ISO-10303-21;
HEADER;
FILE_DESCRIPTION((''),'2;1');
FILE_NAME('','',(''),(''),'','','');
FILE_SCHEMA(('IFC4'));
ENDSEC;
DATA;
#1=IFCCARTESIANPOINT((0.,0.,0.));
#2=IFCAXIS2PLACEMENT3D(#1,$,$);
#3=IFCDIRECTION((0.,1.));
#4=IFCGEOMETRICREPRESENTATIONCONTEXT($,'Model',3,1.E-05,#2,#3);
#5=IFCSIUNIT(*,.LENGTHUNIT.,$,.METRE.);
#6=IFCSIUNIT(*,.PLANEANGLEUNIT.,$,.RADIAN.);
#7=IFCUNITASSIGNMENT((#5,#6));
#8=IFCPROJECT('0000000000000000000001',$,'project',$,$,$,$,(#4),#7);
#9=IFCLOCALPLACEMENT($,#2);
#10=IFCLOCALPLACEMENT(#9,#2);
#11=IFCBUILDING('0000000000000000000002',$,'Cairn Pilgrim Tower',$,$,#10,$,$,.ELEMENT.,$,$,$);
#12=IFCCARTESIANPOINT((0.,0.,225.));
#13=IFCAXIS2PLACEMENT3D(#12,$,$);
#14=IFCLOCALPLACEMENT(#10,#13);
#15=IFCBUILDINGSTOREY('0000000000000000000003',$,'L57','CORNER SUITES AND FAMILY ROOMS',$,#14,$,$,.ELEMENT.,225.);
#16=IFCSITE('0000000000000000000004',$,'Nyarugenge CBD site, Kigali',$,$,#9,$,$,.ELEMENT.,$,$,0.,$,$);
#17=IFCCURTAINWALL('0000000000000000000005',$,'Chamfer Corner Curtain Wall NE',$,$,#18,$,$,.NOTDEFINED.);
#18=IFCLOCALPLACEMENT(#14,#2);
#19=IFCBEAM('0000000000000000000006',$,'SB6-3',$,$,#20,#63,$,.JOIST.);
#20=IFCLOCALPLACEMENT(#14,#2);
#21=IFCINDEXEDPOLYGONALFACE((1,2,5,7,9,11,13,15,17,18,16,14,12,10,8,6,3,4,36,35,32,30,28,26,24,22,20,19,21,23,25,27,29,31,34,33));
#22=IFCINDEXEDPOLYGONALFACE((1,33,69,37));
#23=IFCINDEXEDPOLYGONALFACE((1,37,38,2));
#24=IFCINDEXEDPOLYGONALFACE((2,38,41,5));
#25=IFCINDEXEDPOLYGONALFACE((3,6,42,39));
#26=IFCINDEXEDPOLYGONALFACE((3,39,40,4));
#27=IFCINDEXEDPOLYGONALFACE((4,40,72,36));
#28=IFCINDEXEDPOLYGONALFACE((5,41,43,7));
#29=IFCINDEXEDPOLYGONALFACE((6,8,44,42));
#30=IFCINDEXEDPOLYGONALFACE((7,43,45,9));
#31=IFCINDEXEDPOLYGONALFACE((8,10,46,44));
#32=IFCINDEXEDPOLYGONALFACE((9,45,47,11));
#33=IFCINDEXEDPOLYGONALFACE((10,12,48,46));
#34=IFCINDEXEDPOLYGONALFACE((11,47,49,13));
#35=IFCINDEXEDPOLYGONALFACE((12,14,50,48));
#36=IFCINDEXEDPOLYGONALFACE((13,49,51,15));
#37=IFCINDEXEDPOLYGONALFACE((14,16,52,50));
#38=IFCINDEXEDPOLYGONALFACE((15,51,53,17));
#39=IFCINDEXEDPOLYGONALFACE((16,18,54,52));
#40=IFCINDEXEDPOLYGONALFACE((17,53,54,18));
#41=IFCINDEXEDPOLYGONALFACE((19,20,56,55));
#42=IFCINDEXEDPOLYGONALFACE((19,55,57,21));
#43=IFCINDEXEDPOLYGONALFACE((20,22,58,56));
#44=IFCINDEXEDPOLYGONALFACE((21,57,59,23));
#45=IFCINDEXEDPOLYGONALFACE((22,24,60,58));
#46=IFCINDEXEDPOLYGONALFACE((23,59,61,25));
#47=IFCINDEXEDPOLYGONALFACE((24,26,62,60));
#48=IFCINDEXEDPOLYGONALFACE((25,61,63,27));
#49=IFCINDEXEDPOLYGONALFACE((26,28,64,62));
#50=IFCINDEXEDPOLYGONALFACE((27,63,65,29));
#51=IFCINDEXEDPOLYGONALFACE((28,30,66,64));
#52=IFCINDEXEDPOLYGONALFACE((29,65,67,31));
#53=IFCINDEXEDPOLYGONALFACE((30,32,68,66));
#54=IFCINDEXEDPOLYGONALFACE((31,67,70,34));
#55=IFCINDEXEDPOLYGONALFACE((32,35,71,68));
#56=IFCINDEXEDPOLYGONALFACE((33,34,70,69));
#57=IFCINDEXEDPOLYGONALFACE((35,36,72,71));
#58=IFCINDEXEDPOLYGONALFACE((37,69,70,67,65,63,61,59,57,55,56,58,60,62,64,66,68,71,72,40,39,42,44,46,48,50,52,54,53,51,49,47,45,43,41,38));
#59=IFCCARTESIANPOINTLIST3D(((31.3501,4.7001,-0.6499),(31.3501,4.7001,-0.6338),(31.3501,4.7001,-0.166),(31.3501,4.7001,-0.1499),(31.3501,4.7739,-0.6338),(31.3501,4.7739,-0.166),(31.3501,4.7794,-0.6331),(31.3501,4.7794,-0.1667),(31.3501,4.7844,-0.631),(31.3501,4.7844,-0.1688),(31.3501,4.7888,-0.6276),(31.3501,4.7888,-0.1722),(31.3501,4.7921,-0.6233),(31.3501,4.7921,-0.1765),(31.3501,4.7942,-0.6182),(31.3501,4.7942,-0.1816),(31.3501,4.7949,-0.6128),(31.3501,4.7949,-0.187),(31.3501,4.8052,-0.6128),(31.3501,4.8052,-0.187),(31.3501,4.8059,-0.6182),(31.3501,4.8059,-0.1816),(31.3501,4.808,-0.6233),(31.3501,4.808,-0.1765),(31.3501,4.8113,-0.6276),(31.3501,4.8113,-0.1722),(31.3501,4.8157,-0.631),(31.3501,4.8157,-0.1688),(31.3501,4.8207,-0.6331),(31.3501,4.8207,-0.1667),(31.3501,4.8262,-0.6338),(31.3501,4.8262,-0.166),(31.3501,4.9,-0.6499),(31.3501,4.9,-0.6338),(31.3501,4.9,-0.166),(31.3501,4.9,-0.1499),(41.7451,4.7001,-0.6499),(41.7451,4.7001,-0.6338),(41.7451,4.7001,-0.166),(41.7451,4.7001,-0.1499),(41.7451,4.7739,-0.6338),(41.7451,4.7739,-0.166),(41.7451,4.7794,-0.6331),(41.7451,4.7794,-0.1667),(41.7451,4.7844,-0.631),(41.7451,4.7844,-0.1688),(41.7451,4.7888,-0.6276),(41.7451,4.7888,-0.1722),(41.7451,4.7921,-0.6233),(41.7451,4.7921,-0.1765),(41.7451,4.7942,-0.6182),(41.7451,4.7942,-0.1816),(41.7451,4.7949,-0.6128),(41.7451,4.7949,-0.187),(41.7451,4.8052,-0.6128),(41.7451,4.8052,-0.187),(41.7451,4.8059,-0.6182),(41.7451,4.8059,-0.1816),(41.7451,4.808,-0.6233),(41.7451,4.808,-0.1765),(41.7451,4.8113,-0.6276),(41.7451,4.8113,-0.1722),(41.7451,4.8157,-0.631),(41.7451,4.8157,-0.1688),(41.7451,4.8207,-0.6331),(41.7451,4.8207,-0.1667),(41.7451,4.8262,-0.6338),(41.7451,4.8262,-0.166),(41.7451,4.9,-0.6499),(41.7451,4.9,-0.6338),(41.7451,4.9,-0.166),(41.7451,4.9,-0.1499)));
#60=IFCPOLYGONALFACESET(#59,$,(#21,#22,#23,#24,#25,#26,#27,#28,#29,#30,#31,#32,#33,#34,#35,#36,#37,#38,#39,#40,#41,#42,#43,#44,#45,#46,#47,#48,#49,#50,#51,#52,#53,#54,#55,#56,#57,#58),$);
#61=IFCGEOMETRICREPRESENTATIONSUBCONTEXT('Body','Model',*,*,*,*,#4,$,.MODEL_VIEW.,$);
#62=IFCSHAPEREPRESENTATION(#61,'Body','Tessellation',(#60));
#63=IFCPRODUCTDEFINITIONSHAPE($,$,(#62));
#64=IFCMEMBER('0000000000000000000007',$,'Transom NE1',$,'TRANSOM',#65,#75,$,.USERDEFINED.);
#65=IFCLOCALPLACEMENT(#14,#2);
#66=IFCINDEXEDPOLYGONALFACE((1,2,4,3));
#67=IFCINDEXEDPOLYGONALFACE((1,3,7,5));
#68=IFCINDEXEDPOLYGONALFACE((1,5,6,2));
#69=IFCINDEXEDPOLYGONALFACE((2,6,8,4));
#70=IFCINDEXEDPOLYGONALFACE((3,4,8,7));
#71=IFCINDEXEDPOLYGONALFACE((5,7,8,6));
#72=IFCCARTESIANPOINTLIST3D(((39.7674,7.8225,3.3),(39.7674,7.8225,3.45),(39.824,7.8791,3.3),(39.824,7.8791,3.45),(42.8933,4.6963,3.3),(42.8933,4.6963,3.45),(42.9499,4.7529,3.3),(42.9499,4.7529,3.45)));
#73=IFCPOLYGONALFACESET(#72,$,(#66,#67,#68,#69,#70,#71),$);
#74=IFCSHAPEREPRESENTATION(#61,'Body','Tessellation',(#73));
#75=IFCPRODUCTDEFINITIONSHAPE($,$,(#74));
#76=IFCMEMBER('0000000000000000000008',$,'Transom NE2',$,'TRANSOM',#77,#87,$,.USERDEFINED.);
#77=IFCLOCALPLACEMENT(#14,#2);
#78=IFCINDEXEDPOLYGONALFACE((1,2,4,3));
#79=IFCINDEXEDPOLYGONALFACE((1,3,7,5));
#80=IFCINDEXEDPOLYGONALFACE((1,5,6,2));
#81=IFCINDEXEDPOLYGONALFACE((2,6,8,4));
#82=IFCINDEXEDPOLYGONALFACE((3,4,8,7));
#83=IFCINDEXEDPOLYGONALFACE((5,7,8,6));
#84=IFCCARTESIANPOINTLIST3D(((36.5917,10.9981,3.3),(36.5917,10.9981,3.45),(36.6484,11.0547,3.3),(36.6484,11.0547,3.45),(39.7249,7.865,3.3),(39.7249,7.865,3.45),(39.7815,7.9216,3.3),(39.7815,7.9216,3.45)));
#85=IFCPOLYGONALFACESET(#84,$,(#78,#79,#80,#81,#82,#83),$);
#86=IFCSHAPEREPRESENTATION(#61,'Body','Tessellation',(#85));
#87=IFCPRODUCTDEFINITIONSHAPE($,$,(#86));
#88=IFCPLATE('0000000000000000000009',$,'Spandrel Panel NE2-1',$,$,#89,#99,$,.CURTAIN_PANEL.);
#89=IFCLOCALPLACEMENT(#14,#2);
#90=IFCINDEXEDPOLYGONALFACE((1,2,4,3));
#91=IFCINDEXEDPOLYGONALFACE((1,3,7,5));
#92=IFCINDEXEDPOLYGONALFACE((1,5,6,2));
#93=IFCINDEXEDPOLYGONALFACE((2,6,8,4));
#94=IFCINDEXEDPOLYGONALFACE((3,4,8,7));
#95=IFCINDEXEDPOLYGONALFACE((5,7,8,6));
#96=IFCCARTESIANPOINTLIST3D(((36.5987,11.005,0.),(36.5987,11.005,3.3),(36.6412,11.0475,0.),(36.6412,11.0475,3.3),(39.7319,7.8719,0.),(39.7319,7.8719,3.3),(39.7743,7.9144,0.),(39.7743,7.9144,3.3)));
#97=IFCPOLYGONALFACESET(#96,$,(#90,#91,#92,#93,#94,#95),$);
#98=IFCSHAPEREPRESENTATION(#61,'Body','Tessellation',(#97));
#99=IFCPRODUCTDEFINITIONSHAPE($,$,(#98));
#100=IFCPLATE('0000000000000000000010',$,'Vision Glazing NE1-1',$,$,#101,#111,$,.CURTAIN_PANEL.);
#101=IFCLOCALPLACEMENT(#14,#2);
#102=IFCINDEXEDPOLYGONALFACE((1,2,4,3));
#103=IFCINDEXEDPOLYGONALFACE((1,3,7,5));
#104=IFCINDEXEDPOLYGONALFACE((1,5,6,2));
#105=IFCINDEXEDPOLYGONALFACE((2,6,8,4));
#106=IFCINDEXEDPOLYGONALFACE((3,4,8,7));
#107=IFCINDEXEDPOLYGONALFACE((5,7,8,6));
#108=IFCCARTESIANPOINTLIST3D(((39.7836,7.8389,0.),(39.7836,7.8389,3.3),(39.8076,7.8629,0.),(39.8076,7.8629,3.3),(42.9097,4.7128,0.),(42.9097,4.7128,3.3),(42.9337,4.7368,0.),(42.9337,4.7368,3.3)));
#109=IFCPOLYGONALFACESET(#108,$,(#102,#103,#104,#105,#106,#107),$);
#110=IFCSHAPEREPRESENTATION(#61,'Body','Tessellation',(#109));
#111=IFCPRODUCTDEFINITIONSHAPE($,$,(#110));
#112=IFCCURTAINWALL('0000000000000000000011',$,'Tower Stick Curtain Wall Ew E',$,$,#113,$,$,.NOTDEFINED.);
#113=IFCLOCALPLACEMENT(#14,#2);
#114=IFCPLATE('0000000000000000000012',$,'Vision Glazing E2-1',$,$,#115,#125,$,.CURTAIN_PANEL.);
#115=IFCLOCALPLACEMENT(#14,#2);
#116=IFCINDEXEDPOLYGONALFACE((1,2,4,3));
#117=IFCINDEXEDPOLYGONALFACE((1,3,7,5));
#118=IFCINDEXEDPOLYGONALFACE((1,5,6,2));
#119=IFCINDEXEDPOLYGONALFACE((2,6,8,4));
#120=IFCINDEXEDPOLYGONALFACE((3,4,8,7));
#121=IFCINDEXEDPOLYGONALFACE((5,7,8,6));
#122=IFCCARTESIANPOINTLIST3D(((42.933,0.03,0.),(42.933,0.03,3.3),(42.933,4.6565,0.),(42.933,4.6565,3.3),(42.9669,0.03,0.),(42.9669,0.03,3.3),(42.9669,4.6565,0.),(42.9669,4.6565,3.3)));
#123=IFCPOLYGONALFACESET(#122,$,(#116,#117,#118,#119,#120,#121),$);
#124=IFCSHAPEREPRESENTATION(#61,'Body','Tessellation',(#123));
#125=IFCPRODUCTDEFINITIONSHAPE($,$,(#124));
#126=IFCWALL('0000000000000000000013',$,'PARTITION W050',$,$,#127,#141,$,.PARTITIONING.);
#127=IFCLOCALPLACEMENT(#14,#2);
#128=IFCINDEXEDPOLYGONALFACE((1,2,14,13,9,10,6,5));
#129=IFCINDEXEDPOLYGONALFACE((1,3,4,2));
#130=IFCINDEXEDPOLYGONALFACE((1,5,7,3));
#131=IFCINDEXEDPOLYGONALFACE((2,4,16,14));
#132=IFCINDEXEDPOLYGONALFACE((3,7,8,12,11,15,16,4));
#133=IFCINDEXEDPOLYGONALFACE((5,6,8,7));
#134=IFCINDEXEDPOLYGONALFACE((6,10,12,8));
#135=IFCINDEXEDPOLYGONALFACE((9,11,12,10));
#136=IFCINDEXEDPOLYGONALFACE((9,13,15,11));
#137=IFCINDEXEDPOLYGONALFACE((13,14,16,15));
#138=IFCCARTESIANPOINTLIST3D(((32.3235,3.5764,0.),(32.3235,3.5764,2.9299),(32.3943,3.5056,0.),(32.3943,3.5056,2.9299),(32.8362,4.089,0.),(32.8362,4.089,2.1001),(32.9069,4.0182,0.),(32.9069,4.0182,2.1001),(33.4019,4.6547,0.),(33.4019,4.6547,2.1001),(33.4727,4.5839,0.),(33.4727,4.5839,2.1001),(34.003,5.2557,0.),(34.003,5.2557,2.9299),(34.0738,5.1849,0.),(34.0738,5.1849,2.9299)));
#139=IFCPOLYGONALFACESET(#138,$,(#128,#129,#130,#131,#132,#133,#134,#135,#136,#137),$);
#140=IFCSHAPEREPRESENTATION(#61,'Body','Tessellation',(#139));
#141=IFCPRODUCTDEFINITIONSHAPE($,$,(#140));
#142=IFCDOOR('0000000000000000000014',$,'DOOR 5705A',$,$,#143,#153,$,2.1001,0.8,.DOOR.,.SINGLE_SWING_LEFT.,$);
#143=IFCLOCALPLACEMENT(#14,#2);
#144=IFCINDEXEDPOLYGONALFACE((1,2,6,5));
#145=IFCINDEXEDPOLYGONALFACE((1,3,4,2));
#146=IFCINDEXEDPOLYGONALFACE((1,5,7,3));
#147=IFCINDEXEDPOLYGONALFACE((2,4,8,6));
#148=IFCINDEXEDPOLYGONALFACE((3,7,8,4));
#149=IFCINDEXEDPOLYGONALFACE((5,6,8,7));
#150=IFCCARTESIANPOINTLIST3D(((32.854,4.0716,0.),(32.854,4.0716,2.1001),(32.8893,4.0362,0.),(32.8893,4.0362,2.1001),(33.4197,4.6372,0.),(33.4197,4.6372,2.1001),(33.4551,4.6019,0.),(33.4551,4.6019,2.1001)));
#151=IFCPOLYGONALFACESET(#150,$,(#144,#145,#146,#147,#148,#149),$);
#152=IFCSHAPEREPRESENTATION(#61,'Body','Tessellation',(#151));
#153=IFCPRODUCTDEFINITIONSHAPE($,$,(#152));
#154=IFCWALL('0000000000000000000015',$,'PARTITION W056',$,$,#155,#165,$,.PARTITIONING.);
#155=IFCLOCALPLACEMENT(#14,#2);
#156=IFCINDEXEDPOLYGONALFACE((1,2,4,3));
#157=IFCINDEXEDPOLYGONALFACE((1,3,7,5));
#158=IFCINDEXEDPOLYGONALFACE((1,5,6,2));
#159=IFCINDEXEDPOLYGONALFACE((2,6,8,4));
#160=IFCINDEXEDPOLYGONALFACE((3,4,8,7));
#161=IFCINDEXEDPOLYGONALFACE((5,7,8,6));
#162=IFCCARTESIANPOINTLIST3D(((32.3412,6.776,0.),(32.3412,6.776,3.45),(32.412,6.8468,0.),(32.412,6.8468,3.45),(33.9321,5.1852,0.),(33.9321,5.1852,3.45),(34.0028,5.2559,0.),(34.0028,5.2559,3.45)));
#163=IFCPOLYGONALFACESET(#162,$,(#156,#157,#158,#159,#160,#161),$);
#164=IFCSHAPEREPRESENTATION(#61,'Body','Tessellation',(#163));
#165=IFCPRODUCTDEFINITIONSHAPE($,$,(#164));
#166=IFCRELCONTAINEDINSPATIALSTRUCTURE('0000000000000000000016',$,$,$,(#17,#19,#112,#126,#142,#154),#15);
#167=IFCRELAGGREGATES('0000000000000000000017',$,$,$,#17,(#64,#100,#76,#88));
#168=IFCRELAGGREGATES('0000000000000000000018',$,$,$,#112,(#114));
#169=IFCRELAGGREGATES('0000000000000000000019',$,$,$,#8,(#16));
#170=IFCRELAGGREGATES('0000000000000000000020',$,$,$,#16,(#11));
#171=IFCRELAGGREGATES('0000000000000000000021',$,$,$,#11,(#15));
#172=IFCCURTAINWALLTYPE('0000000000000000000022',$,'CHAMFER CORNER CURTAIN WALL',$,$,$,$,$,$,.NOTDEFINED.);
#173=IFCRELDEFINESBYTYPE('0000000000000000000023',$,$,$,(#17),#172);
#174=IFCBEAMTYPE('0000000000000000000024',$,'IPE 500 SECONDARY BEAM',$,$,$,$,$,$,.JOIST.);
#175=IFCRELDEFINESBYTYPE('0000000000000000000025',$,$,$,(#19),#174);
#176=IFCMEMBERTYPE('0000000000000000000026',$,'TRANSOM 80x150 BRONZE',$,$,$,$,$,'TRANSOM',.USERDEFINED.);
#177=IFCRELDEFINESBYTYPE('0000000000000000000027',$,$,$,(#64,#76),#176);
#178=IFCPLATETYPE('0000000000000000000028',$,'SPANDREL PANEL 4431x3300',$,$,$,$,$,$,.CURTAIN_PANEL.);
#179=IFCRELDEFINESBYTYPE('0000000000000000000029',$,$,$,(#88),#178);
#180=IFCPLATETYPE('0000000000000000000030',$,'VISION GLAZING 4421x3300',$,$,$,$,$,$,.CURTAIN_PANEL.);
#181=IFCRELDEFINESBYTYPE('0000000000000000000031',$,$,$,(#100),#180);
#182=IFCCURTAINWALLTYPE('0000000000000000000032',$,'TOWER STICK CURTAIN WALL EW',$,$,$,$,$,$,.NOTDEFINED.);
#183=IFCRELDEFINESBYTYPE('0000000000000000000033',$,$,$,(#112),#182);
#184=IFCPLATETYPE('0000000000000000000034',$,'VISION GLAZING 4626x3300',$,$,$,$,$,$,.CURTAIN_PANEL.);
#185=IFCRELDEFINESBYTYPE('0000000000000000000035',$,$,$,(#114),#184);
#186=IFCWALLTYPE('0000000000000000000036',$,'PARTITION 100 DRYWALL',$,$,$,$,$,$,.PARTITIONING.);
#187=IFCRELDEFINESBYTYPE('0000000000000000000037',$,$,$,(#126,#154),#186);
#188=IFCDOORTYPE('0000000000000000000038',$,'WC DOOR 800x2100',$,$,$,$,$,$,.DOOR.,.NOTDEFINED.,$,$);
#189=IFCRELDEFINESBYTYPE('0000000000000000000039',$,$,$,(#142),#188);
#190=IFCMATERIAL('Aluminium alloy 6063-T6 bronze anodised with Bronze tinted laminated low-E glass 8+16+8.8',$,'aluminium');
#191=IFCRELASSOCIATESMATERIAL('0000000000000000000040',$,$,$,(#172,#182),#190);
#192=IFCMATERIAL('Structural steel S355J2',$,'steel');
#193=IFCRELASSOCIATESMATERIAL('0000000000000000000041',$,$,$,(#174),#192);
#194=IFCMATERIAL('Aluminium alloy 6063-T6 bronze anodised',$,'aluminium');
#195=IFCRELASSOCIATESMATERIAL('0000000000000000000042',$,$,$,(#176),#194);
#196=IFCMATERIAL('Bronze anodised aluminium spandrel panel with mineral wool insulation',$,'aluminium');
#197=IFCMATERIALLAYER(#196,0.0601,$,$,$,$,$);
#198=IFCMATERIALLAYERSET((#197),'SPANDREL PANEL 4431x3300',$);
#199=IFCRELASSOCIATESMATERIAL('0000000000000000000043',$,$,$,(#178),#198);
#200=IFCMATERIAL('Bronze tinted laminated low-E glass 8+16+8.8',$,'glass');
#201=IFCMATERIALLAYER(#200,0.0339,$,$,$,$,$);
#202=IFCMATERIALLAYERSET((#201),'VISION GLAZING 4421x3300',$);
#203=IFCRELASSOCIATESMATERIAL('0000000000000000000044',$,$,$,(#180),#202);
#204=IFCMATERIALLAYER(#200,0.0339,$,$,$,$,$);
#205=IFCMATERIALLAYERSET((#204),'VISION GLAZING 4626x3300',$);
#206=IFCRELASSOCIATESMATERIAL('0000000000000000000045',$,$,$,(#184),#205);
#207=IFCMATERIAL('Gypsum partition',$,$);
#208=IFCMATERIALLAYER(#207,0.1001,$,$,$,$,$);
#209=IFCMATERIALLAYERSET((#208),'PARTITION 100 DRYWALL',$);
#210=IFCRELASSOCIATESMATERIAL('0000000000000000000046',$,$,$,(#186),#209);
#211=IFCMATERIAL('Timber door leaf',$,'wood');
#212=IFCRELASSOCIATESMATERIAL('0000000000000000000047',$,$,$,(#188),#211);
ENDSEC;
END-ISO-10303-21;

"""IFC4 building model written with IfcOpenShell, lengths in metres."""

from ifc_helpers import new_model, si_unit, direction, frame, frame_2d, origin, origin_2d, place, context, subcontext, project, spatial, rectangle, i_section, extrude, material, layer, layer_set, material_profile, profile_set, type_object, element, fill, aggregate, save


model = new_model("IFC4")

# Units and contexts
model_context = context("Model", 3, precision=1e-05, world=origin(), true_north=direction((0.0, 1.0)))
body_context = subcontext(model_context, "Body", "Model", "MODEL_VIEW")
ifc_project = project(units=[si_unit("LENGTHUNIT", "METRE"), si_unit("PLANEANGLEUNIT", "RADIAN")], contexts=[model_context])

# Site, building, storey
site_placement = place(None, origin())
site = spatial("IfcSite", under=ifc_project, at=site_placement, Name="Nyarugenge CBD site, Kigali", CompositionType="ELEMENT", RefElevation=0.0)
building_placement = place(site_placement, origin())
building = spatial("IfcBuilding", under=site, at=building_placement, Name="Cairn Pilgrim Tower", CompositionType="ELEMENT")
storey_placement = place(building_placement, frame((0.0, 0.0, 225.0)))
storey = spatial("IfcBuildingStorey", under=building, at=storey_placement, Name="L57", Description="CORNER SUITES AND FAMILY ROOMS", CompositionType="ELEMENT", Elevation=225.0)

# Shared definitions
ifc_material_1 = material(Name="Structural steel S355J2", Category="steel")

# Curtain wall
ifc_material_2 = material(Name="Aluminium alloy 6063-T6 bronze anodised with Bronze tinted laminated low-E glass 8+16+8.8", Category="aluminium")
curtain_wall_type_1 = type_object("IfcCurtainWallType", Name="CHAMFER CORNER CURTAIN WALL", PredefinedType="NOTDEFINED", material=ifc_material_2)
curtain_wall_1_placement = place(storey_placement, origin())
curtain_wall_1 = element("IfcCurtainWall", 1, at=curtain_wall_1_placement, inside=storey, type_object=curtain_wall_type_1, Name="Chamfer Corner Curtain Wall NE", PredefinedType="NOTDEFINED")
ifc_material_3 = material(Name="Aluminium alloy 6063-T6 bronze anodised", Category="aluminium")

# Beam
ifc_material_profile_1 = material_profile(ifc_material_1, i_section(OverallWidth=0.2, OverallDepth=0.5, WebThickness=0.0103, FlangeThickness=0.0161, FilletRadius=0.021, at=origin_2d()), Name="IPE 500")
ifc_profile_set_1 = profile_set([ifc_material_profile_1], Name="Structural steel S355J2")
beam_type_1 = type_object("IfcBeamType", Name="IPE 500 SECONDARY BEAM", PredefinedType="JOIST", material=ifc_profile_set_1)
beam_1_placement = place(storey_placement, frame((31.3501, 4.8, -0.3999), z_axis=(1.0, 0.0, 0.0), x_axis=(0.0, 1.0, 0.0)))
element("IfcBeam", 2, at=beam_1_placement, inside=storey, type_object=beam_type_1, Name="SB6-3", PredefinedType="JOIST", context=body_context, shape_type="SweptSolid", body=[
    extrude(i_section(OverallWidth=0.2, OverallDepth=0.5, WebThickness=0.0103, FlangeThickness=0.0161, FilletRadius=0.021, at=origin_2d()), origin(), (0.0, 0.0, 1.0), 10.395),
])

# Members
ifc_material_profile_2 = material_profile(ifc_material_3, rectangle(XDim=0.0801, YDim=0.1499, at=origin_2d()), Name="TRANSOM 80x150 BRONZE")
ifc_profile_set_2 = profile_set([ifc_material_profile_2], Name="Aluminium alloy 6063-T6 bronze anodised")
member_type_1 = type_object("IfcMemberType", Name="TRANSOM 80x150 BRONZE", ElementType="TRANSOM", PredefinedType="USERDEFINED", material=ifc_profile_set_2)
member_1_placement = place(storey_placement, frame((42.9216, 4.7246, 3.375), z_axis=(-0.707079, 0.707134, 0.0), x_axis=(-0.707134, -0.707079, 0.0)))
member_1 = element("IfcMember", 3, at=member_1_placement, type_object=member_type_1, Name="Transom NE1", ObjectType="TRANSOM", PredefinedType="USERDEFINED", context=body_context, shape_type="SweptSolid", body=[
    extrude(rectangle(XDim=0.0801, YDim=0.1499, at=origin_2d()), origin(), (0.0, 0.0, 1.0), 4.4209),
])
member_2_placement = place(storey_placement, frame((39.7532, 7.8933, 3.375), z_axis=(-0.707107, 0.707107, 0.0), x_axis=(-0.707107, -0.707107, 0.0)))
member_2 = element("IfcMember", 4, at=member_2_placement, type_object=member_type_1, Name="Transom NE2", ObjectType="TRANSOM", PredefinedType="USERDEFINED", context=body_context, shape_type="SweptSolid", body=[
    extrude(rectangle(XDim=0.0801, YDim=0.1499, at=origin_2d()), origin(), (0.0, 0.0, 1.0), 4.4309),
])

# Plates
ifc_material_4 = material(Name="Bronze anodised aluminium spandrel panel with mineral wool insulation", Category="aluminium")
ifc_layer_1 = layer(ifc_material_4, 0.0601)
ifc_layer_set_1 = layer_set([ifc_layer_1], Name="SPANDREL PANEL 4431x3300")
plate_type_1 = type_object("IfcPlateType", Name="SPANDREL PANEL 4431x3300", PredefinedType="CURTAIN_PANEL", material=ifc_layer_set_1)
plate_1_placement = place(storey_placement, frame((38.1865, 9.4597, 0.0), z_axis=(0.0, 0.0, 1.0), x_axis=(-0.707107, 0.707107, 0.0)))
plate_1 = element("IfcPlate", 5, at=plate_1_placement, type_object=plate_type_1, Name="Spandrel Panel NE2-1", PredefinedType="CURTAIN_PANEL", context=body_context, shape_type="SweptSolid", body=[
    extrude(rectangle(XDim=4.4309, YDim=0.0601, at=origin_2d()), origin(), (0.0, 0.0, 1.0), 3.3),
])
ifc_material_5 = material(Name="Bronze tinted laminated low-E glass 8+16+8.8", Category="glass")
ifc_layer_2 = layer(ifc_material_5, 0.0339)
ifc_layer_set_2 = layer_set([ifc_layer_2], Name="VISION GLAZING 4421x3300")
plate_type_2 = type_object("IfcPlateType", Name="VISION GLAZING 4421x3300", PredefinedType="CURTAIN_PANEL", material=ifc_layer_set_2)
plate_2_placement = place(storey_placement, frame((41.3586, 6.2878, 0.0), z_axis=(0.0, 0.0, 1.0), x_axis=(-0.707107, 0.707107, 0.0)))
plate_2 = element("IfcPlate", 6, at=plate_2_placement, type_object=plate_type_2, Name="Vision Glazing NE1-1", PredefinedType="CURTAIN_PANEL", context=body_context, shape_type="SweptSolid", body=[
    extrude(rectangle(XDim=4.4209, YDim=0.0339, at=origin_2d()), origin(), (0.0, 0.0, 1.0), 3.3),
])
aggregate(curtain_wall_1, [member_1, plate_2, member_2, plate_1])

# Curtain wall, plate
curtain_wall_type_2 = type_object("IfcCurtainWallType", Name="TOWER STICK CURTAIN WALL EW", PredefinedType="NOTDEFINED", material=ifc_material_2)
curtain_wall_2_placement = place(storey_placement, origin())
curtain_wall_2 = element("IfcCurtainWall", 7, at=curtain_wall_2_placement, inside=storey, type_object=curtain_wall_type_2, Name="Tower Stick Curtain Wall Ew E", PredefinedType="NOTDEFINED")
ifc_layer_3 = layer(ifc_material_5, 0.0339)
ifc_layer_set_3 = layer_set([ifc_layer_3], Name="VISION GLAZING 4626x3300")
plate_type_3 = type_object("IfcPlateType", Name="VISION GLAZING 4626x3300", PredefinedType="CURTAIN_PANEL", material=ifc_layer_set_3)
plate_3_placement = place(storey_placement, frame((42.95, 2.3433, 0.0), z_axis=(0.0, 0.0, 1.0), x_axis=(0.0, 1.0, 0.0)))
plate_3 = element("IfcPlate", 8, at=plate_3_placement, type_object=plate_type_3, Name="Vision Glazing E2-1", PredefinedType="CURTAIN_PANEL", context=body_context, shape_type="SweptSolid", body=[
    extrude(rectangle(XDim=4.6265, YDim=0.0339, at=origin_2d()), origin(), (0.0, 0.0, 1.0), 3.3),
])
aggregate(curtain_wall_2, [plate_3])

# Wall, opening, door
ifc_material_6 = material(Name="Gypsum partition")
ifc_layer_4 = layer(ifc_material_6, 0.1001)
ifc_layer_set_4 = layer_set([ifc_layer_4], Name="PARTITION 100 DRYWALL")
wall_type_1 = type_object("IfcWallType", Name="PARTITION 100 DRYWALL", PredefinedType="PARTITIONING", material=ifc_layer_set_4)
wall_1_placement = place(storey_placement, frame((32.3589, 3.541, 0.0), z_axis=(0.0, 0.0, 1.0), x_axis=(0.707158, 0.707055, 0.0)))
wall_1 = element("IfcWall", 9, at=wall_1_placement, inside=storey, type_object=wall_type_1, Name="PARTITION W050", PredefinedType="PARTITIONING", context=body_context, shape_type="SweptSolid", body=[
    extrude(rectangle(XDim=2.375, YDim=0.1001, at=frame_2d((1.1875, 0.0))), origin(), (0.0, 0.0, 1.0), 2.9299),
])
opening_1_placement = place(wall_1_placement, frame((0.7251, 0.0, 0.0)))
opening_1 = element("IfcOpeningElement", 10, at=opening_1_placement, cuts=wall_1, PredefinedType="OPENING", context=body_context, shape_type="SweptSolid", body=[
    extrude(rectangle(XDim=0.8, YDim=2.1001, at=frame_2d((0.3999, 1.05))), frame((0.0, 0.0601, 0.0), z_axis=(0.0, -1.0, 0.0), x_axis=(1.0, 0.0, 0.0)), (0.0, 0.0, 1.0), 0.1201),
])
ifc_material_7 = material(Name="Timber door leaf", Category="wood")
door_type_1 = type_object("IfcDoorType", Name="WC DOOR 800x2100", OperationType="NOTDEFINED", PredefinedType="DOOR", material=ifc_material_7)
door_1_placement = place(opening_1_placement, frame((0.8, 0.0, 0.0), z_axis=(0.0, 0.0, 1.0), x_axis=(-1.0, 0.0, 0.0)))
door_1 = element("IfcDoor", 11, at=door_1_placement, inside=storey, type_object=door_type_1, Name="DOOR 5705A", OperationType="SINGLE_SWING_LEFT", OverallHeight=2.1001, OverallWidth=0.8, PredefinedType="DOOR", context=body_context, shape_type="SweptSolid", body=[
    extrude(rectangle(XDim=0.8, YDim=2.1001, at=frame_2d((0.3999, 1.05))), frame((0.0, 0.0249, 0.0), z_axis=(0.0, -1.0, 0.0), x_axis=(1.0, 0.0, 0.0)), (0.0, 0.0, 1.0), 0.05),
])
fill(opening_1, door_1)

# Wall
wall_2_placement = place(storey_placement, frame((33.9675, 5.2205, 0.0), z_axis=(0.0, 0.0, 1.0), x_axis=(-0.707107, 0.707107, 0.0)))
element("IfcWall", 12, at=wall_2_placement, inside=storey, type_object=wall_type_1, Name="PARTITION W056", PredefinedType="PARTITIONING", context=body_context, shape_type="SweptSolid", body=[
    extrude(rectangle(XDim=2.2498, YDim=0.1001, at=frame_2d((1.125, 0.0))), origin(), (0.0, 0.0, 1.0), 3.45),
])

save(model, "model.ifc")
